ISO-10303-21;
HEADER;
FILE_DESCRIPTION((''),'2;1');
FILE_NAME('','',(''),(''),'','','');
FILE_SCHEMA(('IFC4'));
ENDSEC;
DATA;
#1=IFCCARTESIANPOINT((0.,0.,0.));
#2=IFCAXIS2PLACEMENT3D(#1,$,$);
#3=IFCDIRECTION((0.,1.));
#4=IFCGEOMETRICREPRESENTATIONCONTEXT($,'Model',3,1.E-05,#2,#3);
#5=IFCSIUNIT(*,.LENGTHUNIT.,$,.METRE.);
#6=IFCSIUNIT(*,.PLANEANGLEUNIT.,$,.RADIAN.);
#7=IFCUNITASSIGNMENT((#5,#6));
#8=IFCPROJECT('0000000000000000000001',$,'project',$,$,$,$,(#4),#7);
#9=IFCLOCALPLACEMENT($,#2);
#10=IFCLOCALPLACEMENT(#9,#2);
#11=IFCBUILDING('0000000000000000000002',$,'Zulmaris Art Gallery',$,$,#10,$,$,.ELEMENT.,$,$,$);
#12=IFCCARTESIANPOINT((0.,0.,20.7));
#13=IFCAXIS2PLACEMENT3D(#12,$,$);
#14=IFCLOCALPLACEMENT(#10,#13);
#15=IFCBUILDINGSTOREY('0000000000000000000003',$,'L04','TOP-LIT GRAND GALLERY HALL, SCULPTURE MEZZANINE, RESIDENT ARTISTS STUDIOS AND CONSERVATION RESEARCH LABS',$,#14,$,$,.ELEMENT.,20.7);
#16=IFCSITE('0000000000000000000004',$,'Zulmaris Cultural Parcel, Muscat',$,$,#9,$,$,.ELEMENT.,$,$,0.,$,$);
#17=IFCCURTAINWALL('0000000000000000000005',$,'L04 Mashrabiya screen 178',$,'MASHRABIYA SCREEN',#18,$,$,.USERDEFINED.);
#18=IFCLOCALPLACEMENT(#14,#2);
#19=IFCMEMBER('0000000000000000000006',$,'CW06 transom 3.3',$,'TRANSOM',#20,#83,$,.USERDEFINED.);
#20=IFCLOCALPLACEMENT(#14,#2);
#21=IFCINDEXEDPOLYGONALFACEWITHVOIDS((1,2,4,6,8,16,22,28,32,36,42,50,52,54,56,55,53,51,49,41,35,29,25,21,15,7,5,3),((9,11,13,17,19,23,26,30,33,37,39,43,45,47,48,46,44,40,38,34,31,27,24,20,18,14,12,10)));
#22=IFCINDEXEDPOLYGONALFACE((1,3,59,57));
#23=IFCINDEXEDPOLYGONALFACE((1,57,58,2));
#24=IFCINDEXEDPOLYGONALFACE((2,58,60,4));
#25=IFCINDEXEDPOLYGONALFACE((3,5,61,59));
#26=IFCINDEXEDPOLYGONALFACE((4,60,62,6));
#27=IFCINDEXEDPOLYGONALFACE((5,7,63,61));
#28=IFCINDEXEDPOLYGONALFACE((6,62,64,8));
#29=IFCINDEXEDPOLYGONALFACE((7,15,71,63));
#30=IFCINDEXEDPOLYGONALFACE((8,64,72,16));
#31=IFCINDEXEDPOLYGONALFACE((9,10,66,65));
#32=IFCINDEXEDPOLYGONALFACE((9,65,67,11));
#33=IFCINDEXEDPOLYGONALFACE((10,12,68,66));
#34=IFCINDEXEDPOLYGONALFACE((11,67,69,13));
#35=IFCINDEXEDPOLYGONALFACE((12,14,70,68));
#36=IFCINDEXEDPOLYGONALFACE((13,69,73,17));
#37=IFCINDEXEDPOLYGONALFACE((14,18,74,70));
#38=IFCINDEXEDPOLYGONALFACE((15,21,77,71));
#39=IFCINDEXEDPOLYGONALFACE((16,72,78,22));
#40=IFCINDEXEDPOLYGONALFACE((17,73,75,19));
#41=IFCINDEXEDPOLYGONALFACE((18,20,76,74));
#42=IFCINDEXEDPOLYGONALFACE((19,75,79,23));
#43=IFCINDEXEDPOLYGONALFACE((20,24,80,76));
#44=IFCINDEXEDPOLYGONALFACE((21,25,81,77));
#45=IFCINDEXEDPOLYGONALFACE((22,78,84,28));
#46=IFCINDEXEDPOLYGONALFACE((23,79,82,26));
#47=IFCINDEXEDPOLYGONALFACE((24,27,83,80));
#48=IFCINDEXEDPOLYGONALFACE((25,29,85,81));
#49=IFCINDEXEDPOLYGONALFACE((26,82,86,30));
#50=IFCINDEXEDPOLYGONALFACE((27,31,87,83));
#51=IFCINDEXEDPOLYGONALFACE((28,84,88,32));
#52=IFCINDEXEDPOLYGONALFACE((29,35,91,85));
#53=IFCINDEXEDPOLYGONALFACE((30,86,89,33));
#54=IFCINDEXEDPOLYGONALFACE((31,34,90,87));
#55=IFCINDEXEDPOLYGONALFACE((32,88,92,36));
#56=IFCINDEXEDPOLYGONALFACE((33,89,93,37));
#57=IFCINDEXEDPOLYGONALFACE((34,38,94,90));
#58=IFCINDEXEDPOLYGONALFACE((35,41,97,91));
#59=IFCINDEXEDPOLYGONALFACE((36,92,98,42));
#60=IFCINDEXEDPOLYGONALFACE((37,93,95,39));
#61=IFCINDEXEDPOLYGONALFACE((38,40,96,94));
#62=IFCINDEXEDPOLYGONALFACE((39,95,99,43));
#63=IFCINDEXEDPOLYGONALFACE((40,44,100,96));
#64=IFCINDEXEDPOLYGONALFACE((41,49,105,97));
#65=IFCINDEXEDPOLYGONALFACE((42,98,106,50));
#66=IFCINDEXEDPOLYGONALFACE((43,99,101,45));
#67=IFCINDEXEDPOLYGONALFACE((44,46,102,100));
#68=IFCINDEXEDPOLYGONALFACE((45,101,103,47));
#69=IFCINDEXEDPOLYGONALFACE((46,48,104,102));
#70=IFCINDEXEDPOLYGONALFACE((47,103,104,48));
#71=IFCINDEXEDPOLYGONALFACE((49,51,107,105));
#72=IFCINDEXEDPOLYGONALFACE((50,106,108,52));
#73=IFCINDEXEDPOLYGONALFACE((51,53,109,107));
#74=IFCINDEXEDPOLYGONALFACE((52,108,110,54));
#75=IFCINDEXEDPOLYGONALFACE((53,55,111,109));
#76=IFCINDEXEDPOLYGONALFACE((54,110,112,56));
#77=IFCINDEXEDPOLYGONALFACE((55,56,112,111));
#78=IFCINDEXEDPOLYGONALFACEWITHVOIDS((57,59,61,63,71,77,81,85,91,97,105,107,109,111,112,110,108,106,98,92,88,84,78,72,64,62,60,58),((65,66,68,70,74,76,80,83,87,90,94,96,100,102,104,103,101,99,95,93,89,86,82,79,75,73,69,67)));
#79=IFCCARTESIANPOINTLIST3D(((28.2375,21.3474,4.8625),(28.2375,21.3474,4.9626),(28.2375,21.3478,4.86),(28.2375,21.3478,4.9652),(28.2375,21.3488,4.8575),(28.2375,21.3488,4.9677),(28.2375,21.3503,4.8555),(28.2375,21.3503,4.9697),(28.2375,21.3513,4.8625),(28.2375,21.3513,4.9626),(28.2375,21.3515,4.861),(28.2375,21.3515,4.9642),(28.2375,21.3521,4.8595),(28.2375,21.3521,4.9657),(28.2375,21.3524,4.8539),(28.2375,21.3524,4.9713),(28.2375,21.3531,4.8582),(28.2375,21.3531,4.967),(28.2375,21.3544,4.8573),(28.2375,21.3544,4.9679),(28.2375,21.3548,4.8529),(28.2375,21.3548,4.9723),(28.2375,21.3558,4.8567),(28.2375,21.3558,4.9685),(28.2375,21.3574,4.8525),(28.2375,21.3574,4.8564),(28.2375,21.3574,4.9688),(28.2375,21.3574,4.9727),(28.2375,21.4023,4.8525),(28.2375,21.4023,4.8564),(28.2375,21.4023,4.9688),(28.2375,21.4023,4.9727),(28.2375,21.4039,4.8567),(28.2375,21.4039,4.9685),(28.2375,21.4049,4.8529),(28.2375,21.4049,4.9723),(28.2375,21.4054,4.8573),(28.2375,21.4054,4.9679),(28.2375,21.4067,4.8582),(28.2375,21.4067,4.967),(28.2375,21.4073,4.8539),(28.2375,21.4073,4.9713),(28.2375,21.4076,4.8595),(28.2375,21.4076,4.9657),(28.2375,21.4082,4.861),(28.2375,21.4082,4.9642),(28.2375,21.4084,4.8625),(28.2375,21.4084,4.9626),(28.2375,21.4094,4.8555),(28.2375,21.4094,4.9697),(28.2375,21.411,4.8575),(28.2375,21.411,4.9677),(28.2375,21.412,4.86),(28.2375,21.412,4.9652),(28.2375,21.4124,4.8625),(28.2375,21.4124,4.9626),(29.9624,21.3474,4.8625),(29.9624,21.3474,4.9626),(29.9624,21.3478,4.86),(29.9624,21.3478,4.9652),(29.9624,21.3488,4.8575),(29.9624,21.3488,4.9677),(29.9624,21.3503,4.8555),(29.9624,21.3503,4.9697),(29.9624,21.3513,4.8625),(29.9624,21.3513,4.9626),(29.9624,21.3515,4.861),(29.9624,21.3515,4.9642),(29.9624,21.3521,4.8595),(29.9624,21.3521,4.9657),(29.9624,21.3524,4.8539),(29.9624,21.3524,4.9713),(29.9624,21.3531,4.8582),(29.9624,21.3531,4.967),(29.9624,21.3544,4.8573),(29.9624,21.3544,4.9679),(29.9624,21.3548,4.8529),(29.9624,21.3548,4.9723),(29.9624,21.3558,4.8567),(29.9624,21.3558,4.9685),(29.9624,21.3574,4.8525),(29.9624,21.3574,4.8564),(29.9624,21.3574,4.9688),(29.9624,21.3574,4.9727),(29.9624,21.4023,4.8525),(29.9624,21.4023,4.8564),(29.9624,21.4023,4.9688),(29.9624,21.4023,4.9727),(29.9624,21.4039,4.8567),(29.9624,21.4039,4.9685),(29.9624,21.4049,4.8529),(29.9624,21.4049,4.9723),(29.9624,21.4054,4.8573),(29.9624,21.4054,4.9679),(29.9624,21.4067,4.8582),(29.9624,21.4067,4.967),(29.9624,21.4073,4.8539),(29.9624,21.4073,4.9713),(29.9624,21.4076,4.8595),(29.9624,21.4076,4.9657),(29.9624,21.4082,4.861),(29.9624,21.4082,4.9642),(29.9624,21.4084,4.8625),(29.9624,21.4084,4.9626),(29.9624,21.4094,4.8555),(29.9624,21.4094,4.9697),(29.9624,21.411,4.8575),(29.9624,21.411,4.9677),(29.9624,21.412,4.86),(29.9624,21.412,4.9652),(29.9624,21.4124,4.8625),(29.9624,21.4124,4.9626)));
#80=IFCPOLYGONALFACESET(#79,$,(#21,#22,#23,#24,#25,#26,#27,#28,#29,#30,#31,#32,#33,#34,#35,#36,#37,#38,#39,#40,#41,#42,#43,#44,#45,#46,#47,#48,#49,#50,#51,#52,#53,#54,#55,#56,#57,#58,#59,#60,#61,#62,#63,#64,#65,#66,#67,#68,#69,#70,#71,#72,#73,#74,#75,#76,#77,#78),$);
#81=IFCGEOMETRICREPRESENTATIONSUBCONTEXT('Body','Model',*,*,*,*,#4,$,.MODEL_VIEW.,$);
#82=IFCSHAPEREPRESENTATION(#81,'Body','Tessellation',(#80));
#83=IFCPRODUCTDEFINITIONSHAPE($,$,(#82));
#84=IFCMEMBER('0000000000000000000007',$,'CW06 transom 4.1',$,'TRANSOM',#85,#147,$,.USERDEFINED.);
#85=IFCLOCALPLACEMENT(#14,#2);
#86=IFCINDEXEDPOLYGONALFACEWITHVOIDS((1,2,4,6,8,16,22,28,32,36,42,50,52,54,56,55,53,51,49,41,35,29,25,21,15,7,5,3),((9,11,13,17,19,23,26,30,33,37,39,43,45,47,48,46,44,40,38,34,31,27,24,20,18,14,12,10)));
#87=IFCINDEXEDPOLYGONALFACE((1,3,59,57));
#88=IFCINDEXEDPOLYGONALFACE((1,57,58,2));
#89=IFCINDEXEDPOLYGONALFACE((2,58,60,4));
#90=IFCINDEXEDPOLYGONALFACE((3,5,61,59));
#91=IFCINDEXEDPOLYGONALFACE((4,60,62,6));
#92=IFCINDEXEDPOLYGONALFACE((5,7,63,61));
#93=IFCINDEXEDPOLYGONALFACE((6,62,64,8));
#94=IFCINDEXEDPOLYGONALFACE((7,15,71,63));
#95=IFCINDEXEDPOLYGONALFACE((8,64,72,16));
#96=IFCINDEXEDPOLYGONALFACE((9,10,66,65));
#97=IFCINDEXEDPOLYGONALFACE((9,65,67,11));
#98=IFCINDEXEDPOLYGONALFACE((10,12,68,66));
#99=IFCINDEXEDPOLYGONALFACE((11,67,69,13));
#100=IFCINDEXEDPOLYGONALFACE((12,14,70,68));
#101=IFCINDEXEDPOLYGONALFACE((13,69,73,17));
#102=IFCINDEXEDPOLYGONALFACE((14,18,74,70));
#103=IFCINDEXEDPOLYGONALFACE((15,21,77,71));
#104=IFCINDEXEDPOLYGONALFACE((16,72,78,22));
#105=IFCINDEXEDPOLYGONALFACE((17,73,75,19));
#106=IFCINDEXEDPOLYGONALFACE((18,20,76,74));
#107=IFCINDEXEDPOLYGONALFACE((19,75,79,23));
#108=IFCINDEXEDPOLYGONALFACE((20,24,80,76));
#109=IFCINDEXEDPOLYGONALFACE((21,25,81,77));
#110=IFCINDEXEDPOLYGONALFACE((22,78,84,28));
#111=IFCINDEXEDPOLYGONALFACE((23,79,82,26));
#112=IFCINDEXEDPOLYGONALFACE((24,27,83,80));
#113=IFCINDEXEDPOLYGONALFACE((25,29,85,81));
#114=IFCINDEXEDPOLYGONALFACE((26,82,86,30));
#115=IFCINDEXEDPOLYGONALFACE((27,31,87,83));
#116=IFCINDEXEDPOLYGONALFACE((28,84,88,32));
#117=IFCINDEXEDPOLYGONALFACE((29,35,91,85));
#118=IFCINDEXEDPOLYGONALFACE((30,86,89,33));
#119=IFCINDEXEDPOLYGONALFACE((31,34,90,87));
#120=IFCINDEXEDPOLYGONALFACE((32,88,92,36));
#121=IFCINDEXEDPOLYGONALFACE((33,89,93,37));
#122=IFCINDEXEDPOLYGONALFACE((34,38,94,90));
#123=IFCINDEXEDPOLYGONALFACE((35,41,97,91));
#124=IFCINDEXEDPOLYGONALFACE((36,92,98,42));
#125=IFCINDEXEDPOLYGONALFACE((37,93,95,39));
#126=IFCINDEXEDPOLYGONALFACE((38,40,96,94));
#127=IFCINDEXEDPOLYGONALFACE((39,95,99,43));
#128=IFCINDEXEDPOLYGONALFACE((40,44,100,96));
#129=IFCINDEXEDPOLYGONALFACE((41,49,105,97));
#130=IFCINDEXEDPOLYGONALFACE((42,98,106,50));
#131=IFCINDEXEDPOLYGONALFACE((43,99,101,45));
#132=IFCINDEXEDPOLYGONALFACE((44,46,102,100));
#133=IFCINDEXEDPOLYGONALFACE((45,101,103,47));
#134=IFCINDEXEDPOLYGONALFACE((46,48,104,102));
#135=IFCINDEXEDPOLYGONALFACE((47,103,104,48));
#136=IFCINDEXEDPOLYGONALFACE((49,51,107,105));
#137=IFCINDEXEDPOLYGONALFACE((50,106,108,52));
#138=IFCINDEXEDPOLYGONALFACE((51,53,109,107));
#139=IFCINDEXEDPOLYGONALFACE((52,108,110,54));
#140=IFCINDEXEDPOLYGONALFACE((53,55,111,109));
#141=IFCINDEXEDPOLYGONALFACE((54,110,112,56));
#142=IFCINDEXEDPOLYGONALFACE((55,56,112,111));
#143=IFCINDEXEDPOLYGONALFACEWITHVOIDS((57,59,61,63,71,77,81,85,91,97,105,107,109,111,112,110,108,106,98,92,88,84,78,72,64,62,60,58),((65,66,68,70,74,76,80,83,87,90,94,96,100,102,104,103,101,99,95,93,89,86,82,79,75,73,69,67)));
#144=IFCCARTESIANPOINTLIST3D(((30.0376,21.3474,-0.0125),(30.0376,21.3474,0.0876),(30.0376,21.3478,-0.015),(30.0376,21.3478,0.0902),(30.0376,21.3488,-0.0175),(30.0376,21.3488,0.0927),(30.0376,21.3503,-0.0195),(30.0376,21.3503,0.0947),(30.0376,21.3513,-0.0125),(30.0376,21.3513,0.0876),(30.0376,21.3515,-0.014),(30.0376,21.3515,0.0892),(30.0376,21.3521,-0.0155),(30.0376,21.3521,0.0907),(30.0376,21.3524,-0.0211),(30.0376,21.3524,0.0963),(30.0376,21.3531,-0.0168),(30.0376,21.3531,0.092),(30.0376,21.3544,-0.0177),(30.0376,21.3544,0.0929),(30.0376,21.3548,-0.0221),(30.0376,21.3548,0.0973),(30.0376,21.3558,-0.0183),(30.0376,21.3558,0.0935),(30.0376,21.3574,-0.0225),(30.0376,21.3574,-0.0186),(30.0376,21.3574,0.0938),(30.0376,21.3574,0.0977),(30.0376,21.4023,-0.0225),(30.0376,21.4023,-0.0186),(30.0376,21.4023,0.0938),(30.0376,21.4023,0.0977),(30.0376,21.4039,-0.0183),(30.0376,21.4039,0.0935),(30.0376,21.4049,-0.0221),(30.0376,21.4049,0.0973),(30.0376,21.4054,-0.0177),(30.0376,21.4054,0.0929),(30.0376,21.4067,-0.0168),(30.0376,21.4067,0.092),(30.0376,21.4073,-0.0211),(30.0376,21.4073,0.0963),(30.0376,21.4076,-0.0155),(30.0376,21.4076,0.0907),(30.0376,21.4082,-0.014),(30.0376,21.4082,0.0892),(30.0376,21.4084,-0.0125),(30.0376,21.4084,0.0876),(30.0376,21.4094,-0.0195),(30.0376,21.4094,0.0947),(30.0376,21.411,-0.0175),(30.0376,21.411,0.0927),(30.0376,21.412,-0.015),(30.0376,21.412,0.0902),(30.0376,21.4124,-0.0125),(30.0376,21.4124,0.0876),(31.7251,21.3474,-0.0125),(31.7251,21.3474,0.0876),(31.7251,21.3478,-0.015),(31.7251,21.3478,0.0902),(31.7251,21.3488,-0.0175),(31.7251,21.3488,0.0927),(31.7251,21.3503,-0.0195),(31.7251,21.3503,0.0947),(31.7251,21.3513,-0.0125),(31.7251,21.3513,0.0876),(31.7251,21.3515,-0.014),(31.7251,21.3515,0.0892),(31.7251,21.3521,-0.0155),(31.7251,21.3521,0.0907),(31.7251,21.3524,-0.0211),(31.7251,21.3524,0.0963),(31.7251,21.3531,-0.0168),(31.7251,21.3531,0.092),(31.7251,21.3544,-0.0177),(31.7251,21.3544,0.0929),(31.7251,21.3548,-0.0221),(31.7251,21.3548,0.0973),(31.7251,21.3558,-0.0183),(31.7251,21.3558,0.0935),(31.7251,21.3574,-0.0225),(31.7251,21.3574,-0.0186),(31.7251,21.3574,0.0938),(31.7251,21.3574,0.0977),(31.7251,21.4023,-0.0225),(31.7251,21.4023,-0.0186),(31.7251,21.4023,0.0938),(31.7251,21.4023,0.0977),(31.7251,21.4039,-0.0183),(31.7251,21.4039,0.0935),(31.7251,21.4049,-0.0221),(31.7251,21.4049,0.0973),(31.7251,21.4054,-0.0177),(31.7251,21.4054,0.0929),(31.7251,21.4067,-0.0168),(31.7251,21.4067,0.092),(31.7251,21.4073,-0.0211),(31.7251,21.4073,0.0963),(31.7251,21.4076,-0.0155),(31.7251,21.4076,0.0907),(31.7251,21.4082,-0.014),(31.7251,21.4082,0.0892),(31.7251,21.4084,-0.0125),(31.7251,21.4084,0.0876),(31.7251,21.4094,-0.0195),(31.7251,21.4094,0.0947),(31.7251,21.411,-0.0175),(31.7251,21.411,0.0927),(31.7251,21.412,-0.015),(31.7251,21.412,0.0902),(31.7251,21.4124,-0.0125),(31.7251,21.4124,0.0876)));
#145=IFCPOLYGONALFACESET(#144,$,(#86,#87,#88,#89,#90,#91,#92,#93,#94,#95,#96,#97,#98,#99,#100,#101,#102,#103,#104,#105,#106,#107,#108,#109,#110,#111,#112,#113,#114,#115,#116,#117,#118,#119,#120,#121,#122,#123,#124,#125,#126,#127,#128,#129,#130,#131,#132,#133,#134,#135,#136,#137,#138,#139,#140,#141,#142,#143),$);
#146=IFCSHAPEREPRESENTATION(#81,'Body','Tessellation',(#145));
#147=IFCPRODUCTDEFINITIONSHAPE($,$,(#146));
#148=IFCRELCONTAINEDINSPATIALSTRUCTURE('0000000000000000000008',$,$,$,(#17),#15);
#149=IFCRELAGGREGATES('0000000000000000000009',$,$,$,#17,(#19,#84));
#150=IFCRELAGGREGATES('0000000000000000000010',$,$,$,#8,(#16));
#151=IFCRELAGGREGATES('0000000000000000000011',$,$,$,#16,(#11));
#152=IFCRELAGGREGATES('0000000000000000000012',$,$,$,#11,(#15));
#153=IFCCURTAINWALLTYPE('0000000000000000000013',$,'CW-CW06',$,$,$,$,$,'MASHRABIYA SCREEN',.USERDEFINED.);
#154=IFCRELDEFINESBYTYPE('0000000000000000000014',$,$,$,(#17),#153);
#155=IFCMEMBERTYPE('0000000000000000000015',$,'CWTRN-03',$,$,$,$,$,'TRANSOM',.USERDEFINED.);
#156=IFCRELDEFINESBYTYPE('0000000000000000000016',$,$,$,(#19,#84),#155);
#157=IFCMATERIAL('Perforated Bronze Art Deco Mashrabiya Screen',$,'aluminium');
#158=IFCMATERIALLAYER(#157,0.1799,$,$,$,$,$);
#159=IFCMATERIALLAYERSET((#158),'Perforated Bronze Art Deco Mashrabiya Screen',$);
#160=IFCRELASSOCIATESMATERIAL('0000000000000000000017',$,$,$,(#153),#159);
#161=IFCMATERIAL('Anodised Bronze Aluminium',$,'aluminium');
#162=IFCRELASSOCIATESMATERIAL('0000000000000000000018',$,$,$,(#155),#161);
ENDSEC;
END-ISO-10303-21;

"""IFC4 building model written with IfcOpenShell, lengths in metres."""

from ifc_helpers import new_model, si_unit, direction, frame, origin, origin_2d, place, context, subcontext, project, spatial, hollow_rectangle, extrude, material, layer, layer_set, material_profile, profile_set, type_object, element, aggregate, save


model = new_model("IFC4")

# Units and contexts
model_context = context("Model", 3, precision=1e-05, world=origin(), true_north=direction((0.0, 1.0)))
body_context = subcontext(model_context, "Body", "Model", "MODEL_VIEW")
ifc_project = project(units=[si_unit("LENGTHUNIT", "METRE"), si_unit("PLANEANGLEUNIT", "RADIAN")], contexts=[model_context])

# Site, building, storey
site_placement = place(None, origin())
site = spatial("IfcSite", under=ifc_project, at=site_placement, Name="Zulmaris Cultural Parcel, Muscat", CompositionType="ELEMENT", RefElevation=0.0)
building_placement = place(site_placement, origin())
building = spatial("IfcBuilding", under=site, at=building_placement, Name="Zulmaris Art Gallery", CompositionType="ELEMENT")
storey_placement = place(building_placement, frame((0.0, 0.0, 20.7)))
storey = spatial("IfcBuildingStorey", under=building, at=storey_placement, Name="L04", Description="TOP-LIT GRAND GALLERY HALL, SCULPTURE MEZZANINE, RESIDENT ARTISTS STUDIOS AND CONSERVATION RESEARCH LABS", CompositionType="ELEMENT", Elevation=20.7)

# Curtain wall
ifc_material_1 = material(Name="Anodised Bronze Aluminium", Category="aluminium")
ifc_material_2 = material(Name="Perforated Bronze Art Deco Mashrabiya Screen", Category="aluminium")
ifc_layer_1 = layer(ifc_material_2, 0.1799)
ifc_layer_set_1 = layer_set([ifc_layer_1], Name="Perforated Bronze Art Deco Mashrabiya Screen")
curtain_wall_type_1 = type_object("IfcCurtainWallType", Name="CW-CW06", ElementType="MASHRABIYA SCREEN", PredefinedType="USERDEFINED", material=ifc_layer_set_1)
curtain_wall_1_placement = place(storey_placement, origin())
curtain_wall_1 = element("IfcCurtainWall", 1, at=curtain_wall_1_placement, inside=storey, type_object=curtain_wall_type_1, Name="L04 Mashrabiya screen 178", ObjectType="MASHRABIYA SCREEN", PredefinedType="USERDEFINED")

# Members
ifc_material_profile_1 = material_profile(ifc_material_1, hollow_rectangle(XDim=0.0649, YDim=0.1201, WallThickness=0.0039, InnerFilletRadius=0.0061, OuterFilletRadius=0.01, at=origin_2d()), Name="ALU 65x120x4")
ifc_profile_set_1 = profile_set([ifc_material_profile_1], Name="Anodised Bronze Aluminium")
member_type_1 = type_object("IfcMemberType", Name="CWTRN-03", ElementType="TRANSOM", PredefinedType="USERDEFINED", material=ifc_profile_set_1)
member_1_placement = place(storey_placement, frame((28.2375, 21.3799, 4.9126), z_axis=(1.0, 0.0, 0.0), x_axis=(0.0, 1.0, 0.0)))
member_1 = element("IfcMember", 2, at=member_1_placement, type_object=member_type_1, Name="CW06 transom 3.3", ObjectType="TRANSOM", PredefinedType="USERDEFINED", context=body_context, shape_type="SweptSolid", body=[
    extrude(hollow_rectangle(XDim=0.0649, YDim=0.1201, WallThickness=0.0039, InnerFilletRadius=0.0061, OuterFilletRadius=0.01, at=origin_2d()), origin(), (0.0, 0.0, 1.0), 1.7249),
])
member_2_placement = place(storey_placement, frame((30.0376, 21.3799, 0.0376), z_axis=(1.0, 0.0, 0.0), x_axis=(0.0, 1.0, 0.0)))
member_2 = element("IfcMember", 3, at=member_2_placement, type_object=member_type_1, Name="CW06 transom 4.1", ObjectType="TRANSOM", PredefinedType="USERDEFINED", context=body_context, shape_type="SweptSolid", body=[
    extrude(hollow_rectangle(XDim=0.0649, YDim=0.1201, WallThickness=0.0039, InnerFilletRadius=0.0061, OuterFilletRadius=0.01, at=origin_2d()), origin(), (0.0, 0.0, 1.0), 1.6875),
])

aggregate(curtain_wall_1, [member_1, member_2])

save(model, "model.ifc")
